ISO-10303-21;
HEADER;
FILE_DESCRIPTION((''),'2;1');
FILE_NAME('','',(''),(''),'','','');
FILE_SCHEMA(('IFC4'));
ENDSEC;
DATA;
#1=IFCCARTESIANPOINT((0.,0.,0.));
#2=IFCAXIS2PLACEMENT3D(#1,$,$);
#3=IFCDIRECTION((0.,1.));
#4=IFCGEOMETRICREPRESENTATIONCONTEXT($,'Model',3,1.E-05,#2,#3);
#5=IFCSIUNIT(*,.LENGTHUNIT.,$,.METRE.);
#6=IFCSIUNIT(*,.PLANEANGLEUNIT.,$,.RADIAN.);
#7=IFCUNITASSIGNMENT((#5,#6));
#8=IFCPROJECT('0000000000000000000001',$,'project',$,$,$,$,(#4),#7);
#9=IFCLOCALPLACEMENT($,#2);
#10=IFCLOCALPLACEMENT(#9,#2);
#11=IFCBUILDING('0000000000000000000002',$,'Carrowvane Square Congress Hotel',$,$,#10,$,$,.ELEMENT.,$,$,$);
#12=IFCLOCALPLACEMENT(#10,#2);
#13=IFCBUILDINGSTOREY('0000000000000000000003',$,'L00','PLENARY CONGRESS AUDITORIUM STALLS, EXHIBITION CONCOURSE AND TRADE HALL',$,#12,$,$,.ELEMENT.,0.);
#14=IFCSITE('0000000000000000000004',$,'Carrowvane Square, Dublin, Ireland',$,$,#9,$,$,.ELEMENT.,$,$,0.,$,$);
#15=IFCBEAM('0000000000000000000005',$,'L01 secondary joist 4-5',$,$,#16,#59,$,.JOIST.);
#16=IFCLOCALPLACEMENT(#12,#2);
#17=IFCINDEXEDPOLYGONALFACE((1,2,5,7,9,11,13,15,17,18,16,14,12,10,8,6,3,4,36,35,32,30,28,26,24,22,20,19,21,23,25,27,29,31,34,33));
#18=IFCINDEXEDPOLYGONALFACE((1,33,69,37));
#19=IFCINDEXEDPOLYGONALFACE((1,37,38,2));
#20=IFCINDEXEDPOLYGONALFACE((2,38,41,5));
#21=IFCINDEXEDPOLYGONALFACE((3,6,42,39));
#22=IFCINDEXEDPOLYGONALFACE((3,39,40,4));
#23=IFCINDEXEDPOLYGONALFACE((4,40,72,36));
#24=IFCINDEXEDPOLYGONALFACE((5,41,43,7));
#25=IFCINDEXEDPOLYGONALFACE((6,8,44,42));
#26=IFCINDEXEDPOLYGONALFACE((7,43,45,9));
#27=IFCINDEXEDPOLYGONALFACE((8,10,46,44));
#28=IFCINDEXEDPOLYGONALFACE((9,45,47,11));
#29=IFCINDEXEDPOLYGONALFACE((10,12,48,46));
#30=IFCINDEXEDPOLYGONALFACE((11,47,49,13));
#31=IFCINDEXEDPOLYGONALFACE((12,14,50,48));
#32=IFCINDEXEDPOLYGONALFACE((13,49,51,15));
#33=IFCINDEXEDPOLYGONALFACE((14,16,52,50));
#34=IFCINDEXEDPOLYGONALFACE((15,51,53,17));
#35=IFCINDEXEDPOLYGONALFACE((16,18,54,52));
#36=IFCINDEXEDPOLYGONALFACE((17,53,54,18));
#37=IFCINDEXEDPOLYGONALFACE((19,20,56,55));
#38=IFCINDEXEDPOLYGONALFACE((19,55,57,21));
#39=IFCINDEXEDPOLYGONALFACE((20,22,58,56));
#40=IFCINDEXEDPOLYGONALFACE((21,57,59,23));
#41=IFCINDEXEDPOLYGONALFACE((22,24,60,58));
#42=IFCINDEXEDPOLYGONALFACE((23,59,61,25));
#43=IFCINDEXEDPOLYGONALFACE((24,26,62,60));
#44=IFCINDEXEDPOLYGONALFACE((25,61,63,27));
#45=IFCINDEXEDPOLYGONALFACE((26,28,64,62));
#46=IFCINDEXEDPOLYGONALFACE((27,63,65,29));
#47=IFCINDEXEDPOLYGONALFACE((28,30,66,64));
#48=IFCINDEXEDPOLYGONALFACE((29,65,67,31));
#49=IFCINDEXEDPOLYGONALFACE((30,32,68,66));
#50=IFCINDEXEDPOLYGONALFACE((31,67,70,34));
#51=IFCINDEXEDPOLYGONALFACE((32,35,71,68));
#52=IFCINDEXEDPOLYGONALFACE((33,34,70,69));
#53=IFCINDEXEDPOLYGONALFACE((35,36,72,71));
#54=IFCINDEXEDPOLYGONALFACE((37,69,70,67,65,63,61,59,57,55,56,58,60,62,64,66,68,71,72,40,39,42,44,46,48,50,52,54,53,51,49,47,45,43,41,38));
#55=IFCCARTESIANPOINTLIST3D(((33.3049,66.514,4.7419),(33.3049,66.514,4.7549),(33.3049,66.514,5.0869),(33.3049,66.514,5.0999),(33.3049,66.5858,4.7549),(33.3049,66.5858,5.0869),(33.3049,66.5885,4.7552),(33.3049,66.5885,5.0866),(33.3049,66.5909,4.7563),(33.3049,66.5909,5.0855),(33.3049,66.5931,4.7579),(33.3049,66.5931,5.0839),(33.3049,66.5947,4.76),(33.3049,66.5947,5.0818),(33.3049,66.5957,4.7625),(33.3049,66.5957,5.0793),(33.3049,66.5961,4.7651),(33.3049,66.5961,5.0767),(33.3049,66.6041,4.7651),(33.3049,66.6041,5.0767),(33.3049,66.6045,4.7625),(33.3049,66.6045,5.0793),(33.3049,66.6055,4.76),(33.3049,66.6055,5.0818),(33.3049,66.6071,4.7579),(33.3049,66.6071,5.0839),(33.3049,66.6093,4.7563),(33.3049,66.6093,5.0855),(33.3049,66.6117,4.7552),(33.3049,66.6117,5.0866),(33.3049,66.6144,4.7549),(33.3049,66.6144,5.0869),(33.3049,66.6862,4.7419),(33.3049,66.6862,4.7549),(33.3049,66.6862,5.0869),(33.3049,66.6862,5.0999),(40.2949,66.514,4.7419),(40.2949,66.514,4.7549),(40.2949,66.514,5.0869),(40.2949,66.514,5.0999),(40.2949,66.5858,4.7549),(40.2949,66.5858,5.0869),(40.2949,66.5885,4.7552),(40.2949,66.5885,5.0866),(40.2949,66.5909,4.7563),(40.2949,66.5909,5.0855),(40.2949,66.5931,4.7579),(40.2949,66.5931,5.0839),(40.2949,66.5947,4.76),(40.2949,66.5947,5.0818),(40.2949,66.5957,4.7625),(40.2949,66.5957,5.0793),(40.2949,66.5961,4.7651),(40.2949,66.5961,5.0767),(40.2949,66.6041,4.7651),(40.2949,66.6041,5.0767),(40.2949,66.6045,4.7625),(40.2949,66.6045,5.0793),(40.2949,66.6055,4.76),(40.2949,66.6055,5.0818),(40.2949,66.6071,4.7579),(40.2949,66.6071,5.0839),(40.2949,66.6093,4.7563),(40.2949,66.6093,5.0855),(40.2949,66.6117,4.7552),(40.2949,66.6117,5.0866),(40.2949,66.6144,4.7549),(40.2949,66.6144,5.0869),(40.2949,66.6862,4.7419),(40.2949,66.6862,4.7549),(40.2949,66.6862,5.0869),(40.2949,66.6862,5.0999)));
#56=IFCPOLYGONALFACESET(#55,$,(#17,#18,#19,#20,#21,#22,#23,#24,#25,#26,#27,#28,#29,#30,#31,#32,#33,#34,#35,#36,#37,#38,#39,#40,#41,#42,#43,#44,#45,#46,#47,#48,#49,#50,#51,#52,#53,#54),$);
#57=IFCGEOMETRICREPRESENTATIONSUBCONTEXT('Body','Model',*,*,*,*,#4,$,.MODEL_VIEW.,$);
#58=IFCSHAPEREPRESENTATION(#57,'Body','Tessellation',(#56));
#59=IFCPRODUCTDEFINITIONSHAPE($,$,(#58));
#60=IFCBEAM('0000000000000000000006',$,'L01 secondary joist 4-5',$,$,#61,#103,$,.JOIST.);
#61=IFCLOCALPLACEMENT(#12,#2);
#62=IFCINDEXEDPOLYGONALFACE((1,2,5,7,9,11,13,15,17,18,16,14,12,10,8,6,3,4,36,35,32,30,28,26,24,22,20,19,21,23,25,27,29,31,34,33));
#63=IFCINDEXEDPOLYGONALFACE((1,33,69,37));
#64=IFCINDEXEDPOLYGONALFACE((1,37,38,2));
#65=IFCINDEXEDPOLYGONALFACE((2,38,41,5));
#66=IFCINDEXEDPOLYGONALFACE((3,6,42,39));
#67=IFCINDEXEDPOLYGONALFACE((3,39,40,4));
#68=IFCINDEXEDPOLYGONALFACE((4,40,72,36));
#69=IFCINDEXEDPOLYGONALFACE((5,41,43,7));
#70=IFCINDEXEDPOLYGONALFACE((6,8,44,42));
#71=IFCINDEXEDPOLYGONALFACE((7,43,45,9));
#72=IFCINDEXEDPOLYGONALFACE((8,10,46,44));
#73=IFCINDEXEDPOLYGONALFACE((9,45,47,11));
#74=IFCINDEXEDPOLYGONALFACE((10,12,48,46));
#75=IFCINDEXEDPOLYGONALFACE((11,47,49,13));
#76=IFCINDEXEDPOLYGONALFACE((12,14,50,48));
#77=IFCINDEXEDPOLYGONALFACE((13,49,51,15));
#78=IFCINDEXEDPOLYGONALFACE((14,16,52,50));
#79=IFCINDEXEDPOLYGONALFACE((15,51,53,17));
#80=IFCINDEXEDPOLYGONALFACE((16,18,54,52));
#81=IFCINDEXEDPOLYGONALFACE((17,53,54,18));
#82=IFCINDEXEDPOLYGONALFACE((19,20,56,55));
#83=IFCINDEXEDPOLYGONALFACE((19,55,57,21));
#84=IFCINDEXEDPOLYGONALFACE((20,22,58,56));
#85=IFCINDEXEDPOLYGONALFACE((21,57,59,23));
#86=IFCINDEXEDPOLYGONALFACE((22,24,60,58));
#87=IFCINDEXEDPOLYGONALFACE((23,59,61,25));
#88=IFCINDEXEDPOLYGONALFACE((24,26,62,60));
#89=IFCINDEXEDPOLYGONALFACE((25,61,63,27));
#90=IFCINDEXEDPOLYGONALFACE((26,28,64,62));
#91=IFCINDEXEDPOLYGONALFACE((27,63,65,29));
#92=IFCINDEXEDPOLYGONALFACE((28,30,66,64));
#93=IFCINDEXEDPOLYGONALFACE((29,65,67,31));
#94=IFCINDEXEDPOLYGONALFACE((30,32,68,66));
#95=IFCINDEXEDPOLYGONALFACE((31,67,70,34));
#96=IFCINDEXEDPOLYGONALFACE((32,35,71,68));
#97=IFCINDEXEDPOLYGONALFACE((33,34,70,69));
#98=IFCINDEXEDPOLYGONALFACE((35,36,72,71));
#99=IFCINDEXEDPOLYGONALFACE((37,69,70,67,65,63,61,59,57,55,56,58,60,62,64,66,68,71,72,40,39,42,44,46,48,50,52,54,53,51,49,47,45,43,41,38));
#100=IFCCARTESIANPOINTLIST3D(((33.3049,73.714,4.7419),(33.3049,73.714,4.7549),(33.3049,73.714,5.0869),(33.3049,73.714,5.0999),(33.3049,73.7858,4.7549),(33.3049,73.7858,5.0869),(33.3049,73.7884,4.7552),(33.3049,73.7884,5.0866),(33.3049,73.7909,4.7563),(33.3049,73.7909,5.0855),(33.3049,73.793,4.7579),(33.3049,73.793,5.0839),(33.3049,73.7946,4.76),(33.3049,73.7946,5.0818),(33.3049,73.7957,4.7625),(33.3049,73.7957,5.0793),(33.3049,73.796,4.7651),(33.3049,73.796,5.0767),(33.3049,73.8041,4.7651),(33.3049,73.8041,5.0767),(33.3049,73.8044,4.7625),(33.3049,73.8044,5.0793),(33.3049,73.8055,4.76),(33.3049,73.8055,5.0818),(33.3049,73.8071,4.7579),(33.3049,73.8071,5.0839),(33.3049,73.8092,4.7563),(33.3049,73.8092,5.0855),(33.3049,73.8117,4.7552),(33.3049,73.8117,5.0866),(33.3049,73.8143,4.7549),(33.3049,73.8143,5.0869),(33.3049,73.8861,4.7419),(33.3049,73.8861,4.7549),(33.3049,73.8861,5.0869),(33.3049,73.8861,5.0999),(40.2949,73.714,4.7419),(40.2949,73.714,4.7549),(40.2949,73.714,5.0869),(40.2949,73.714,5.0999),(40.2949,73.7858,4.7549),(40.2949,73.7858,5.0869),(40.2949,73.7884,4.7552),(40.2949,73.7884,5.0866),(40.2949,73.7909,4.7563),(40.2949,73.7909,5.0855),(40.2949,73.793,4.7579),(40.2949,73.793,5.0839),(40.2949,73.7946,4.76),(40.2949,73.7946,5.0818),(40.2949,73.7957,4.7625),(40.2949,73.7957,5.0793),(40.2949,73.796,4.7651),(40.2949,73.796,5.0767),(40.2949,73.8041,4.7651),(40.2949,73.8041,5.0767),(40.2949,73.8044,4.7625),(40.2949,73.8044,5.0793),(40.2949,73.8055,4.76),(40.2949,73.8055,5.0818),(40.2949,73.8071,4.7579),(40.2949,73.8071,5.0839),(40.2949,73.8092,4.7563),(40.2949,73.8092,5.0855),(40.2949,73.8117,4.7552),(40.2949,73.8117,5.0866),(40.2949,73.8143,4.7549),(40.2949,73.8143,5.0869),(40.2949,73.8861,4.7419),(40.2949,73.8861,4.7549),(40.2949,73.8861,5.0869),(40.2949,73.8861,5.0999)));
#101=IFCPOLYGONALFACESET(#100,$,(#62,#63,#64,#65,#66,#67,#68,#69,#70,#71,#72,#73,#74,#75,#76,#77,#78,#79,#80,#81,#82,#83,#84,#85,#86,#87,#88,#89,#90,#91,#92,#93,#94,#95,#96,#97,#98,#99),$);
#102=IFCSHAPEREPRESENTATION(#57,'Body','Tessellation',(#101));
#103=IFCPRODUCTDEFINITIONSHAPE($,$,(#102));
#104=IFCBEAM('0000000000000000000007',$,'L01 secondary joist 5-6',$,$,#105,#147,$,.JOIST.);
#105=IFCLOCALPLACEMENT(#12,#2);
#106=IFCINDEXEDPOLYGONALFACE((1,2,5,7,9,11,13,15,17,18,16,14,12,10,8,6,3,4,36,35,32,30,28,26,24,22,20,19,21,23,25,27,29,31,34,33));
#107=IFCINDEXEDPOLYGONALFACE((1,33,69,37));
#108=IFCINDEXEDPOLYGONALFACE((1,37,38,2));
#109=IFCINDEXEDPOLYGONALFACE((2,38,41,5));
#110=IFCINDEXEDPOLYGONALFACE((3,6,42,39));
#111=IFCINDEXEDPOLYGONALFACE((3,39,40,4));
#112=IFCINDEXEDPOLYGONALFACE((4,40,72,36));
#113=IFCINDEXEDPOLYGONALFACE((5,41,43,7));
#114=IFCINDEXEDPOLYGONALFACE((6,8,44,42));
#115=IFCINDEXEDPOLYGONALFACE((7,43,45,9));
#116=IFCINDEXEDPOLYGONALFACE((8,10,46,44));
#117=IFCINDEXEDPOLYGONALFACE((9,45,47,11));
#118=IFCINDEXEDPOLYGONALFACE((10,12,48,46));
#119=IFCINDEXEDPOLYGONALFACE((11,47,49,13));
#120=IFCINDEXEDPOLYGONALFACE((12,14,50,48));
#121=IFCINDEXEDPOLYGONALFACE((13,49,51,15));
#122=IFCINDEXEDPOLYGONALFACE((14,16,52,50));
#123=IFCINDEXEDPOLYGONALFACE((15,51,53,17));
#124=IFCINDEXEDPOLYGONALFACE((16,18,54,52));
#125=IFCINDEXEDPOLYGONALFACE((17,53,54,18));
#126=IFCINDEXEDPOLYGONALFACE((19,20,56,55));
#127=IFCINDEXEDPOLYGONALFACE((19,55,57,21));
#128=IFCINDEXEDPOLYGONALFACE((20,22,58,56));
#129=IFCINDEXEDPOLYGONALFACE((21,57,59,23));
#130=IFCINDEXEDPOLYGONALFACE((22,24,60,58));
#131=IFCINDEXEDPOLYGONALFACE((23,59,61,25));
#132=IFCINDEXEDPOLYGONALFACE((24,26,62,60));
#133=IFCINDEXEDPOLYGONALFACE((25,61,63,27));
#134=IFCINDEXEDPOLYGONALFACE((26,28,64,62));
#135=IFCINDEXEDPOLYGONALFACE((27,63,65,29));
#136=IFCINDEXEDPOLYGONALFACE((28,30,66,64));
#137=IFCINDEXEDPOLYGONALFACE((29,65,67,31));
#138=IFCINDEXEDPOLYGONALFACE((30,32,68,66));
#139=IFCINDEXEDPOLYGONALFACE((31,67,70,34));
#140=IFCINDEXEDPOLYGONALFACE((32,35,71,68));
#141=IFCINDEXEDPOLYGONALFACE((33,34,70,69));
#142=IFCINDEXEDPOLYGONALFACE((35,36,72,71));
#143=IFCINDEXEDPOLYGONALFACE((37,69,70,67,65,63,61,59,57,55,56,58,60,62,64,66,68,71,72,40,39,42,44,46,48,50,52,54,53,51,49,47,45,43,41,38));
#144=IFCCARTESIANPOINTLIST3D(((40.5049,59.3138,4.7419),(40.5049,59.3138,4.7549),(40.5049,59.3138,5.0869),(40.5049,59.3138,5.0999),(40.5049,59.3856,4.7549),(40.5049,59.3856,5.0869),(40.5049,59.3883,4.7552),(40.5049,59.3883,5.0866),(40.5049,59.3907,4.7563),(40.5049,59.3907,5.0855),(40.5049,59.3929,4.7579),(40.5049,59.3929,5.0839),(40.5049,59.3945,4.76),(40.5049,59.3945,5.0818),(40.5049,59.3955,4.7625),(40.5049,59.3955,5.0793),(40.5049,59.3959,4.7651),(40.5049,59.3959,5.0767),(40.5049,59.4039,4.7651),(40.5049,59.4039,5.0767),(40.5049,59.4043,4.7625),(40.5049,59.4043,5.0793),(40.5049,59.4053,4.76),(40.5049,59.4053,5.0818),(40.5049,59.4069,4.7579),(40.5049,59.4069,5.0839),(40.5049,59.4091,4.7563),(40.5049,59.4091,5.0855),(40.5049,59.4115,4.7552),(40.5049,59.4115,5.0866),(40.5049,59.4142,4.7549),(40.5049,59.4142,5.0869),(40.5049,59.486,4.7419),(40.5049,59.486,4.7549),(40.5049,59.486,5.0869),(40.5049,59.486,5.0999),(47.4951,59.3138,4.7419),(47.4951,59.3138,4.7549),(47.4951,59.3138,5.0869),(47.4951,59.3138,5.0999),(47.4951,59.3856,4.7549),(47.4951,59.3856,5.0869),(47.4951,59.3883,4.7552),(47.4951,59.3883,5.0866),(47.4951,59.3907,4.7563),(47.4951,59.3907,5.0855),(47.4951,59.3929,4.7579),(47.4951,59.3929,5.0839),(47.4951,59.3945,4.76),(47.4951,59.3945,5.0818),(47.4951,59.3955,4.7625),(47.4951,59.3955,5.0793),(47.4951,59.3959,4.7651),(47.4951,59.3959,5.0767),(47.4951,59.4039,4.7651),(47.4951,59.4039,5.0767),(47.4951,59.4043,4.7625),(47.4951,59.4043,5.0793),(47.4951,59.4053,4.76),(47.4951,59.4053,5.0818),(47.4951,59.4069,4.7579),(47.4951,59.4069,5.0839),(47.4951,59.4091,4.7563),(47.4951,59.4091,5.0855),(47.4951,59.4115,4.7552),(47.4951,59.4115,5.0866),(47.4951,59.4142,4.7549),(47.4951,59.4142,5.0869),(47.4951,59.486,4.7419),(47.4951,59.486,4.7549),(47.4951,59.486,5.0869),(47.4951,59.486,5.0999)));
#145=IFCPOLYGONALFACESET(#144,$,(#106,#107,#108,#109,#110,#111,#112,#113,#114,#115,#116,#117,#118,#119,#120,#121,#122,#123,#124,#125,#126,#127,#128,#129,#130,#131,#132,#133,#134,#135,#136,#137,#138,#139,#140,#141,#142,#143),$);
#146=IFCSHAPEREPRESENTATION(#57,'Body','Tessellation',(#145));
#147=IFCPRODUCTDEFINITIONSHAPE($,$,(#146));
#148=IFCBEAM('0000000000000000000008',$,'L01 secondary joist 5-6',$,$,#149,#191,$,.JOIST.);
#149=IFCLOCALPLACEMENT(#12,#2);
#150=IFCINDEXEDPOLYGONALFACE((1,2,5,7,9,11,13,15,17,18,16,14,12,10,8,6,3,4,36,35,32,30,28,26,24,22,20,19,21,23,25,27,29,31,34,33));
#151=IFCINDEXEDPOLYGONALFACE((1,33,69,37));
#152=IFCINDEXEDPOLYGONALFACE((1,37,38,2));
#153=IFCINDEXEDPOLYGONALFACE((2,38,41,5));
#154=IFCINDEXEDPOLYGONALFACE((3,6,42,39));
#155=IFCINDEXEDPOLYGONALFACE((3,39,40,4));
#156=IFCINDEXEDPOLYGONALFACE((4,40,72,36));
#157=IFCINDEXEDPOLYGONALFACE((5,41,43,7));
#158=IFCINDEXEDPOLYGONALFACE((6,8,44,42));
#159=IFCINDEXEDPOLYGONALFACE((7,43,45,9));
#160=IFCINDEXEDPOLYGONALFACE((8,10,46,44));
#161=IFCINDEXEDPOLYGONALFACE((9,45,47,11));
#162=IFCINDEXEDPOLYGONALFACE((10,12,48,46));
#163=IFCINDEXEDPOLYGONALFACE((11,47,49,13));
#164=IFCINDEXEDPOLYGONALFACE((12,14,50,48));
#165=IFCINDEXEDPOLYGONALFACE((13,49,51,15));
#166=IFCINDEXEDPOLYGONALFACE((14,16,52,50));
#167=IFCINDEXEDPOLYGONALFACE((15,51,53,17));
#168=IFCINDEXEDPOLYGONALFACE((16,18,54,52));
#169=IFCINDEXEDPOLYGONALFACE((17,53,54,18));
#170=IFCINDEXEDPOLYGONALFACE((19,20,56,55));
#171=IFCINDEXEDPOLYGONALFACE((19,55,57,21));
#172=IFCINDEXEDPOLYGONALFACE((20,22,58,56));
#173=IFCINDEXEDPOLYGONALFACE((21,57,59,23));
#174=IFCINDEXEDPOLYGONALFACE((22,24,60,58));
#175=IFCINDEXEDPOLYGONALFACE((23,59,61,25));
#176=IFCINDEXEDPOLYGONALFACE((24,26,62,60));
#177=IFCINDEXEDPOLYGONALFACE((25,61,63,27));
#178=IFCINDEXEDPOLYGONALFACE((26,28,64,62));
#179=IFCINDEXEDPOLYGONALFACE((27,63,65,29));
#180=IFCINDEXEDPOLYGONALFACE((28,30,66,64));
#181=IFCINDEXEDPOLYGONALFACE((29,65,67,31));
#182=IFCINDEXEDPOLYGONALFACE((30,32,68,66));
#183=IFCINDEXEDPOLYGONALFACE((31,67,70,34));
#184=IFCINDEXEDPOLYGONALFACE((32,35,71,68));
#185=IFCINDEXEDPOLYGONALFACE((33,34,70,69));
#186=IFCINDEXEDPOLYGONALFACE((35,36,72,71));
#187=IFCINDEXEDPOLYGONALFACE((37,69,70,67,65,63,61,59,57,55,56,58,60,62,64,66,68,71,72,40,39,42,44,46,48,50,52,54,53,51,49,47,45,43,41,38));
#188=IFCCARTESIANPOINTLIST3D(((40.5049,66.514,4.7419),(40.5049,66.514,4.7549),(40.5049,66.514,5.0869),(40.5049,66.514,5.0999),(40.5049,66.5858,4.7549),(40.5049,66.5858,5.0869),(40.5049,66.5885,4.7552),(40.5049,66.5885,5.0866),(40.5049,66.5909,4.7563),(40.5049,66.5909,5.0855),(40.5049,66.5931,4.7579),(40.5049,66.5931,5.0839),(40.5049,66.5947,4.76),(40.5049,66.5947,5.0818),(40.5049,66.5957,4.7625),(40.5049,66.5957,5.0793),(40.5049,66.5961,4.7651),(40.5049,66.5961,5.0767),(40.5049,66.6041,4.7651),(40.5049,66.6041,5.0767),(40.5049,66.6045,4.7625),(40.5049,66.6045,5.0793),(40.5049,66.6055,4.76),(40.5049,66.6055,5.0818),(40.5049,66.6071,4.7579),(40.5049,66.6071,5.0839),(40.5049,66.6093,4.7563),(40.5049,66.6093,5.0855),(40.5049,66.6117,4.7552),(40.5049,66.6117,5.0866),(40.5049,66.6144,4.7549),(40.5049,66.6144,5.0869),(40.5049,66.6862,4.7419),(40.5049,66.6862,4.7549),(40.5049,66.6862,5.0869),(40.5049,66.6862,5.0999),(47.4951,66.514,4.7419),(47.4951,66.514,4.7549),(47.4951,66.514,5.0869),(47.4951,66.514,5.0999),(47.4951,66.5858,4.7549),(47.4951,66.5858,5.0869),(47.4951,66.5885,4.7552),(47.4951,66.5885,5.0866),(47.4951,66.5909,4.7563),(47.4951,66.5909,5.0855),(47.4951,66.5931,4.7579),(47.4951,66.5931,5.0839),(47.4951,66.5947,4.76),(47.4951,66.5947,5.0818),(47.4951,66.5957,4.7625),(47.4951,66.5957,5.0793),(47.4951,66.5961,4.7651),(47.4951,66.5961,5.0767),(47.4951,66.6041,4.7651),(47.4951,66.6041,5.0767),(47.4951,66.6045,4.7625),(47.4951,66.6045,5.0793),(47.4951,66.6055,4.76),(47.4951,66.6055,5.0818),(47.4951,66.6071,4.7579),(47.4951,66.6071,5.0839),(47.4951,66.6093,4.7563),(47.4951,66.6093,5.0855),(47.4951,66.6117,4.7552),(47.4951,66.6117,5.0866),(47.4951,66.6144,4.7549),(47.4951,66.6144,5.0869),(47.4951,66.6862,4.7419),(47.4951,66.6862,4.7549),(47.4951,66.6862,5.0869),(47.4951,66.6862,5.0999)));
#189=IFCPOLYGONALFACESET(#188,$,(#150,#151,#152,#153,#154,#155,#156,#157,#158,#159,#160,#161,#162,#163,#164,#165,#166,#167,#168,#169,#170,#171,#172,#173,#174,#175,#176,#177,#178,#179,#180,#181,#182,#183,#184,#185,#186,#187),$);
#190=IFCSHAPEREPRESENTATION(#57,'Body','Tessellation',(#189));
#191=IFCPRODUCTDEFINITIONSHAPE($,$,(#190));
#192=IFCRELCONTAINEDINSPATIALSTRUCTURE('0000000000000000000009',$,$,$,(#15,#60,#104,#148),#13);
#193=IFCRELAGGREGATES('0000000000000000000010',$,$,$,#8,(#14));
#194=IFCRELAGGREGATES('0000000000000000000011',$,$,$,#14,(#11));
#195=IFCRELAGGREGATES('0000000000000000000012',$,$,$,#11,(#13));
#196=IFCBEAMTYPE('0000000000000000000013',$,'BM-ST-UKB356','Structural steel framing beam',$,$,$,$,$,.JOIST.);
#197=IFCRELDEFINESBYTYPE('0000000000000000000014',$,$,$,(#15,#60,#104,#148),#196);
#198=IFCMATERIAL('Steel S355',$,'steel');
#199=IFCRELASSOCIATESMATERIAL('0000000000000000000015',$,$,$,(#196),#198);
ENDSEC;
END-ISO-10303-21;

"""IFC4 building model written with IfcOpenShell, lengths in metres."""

from ifc_helpers import new_model, si_unit, direction, frame, origin, origin_2d, place, context, subcontext, project, spatial, i_section, extrude, material, material_profile, profile_set, type_object, element, save


model = new_model("IFC4")

# Units and contexts
model_context = context("Model", 3, precision=1e-05, world=origin(), true_north=direction((0.0, 1.0)))
body_context = subcontext(model_context, "Body", "Model", "MODEL_VIEW")
ifc_project = project(units=[si_unit("LENGTHUNIT", "METRE"), si_unit("PLANEANGLEUNIT", "RADIAN")], contexts=[model_context])

# Site, building, storey
site_placement = place(None, origin())
site = spatial("IfcSite", under=ifc_project, at=site_placement, Name="Carrowvane Square, Dublin, Ireland", CompositionType="ELEMENT", RefElevation=0.0)
building_placement = place(site_placement, origin())
building = spatial("IfcBuilding", under=site, at=building_placement, Name="Carrowvane Square Congress Hotel", CompositionType="ELEMENT")
storey_placement = place(building_placement, origin())
storey = spatial("IfcBuildingStorey", under=building, at=storey_placement, Name="L00", Description="PLENARY CONGRESS AUDITORIUM STALLS, EXHIBITION CONCOURSE AND TRADE HALL", CompositionType="ELEMENT", Elevation=0.0)

# Beams
ifc_material_1 = material(Name="Steel S355", Category="steel")
ifc_material_profile_1 = material_profile(ifc_material_1, i_section(OverallWidth=0.1721, OverallDepth=0.3579, WebThickness=0.0081, FlangeThickness=0.0129, FilletRadius=0.0103, at=origin_2d()), Name="UKB 356x171x57")
ifc_profile_set_1 = profile_set([ifc_material_profile_1], Name="Steel S355")
beam_type_1 = type_object("IfcBeamType", Name="BM-ST-UKB356", Description="Structural steel framing beam", PredefinedType="JOIST", material=ifc_profile_set_1)
for number, where, z_axis, x_axis, name in (
    (1, (33.3049, 66.6001, 4.9209), (1.0, 0.0, 0.0), (0.0, 1.0, 0.0), "L01 secondary joist 4-5"),
    (2, (33.3049, 73.8, 4.9209), (1.0, 0.0, 0.0), (0.0, 1.0, 0.0), "L01 secondary joist 4-5"),
):
    element("IfcBeam", number, at=place(storey_placement, frame(where, z_axis=z_axis, x_axis=x_axis)), inside=storey, type_object=beam_type_1, Name=name, PredefinedType="JOIST", context=body_context, shape_type="SweptSolid", body=[
        extrude(i_section(OverallWidth=0.1721, OverallDepth=0.3579, WebThickness=0.0081, FlangeThickness=0.0129, FilletRadius=0.0103, at=origin_2d()), origin(), (0.0, 0.0, 1.0), 6.99),
    ])
for number, where, z_axis, x_axis, name in (
    (3, (40.5049, 59.3999, 4.9209), (1.0, 0.0, 0.0), (0.0, 1.0, 0.0), "L01 secondary joist 5-6"),
    (4, (40.5049, 66.6001, 4.9209), (1.0, 0.0, 0.0), (0.0, 1.0, 0.0), "L01 secondary joist 5-6"),
):
    element("IfcBeam", number, at=place(storey_placement, frame(where, z_axis=z_axis, x_axis=x_axis)), inside=storey, type_object=beam_type_1, Name=name, PredefinedType="JOIST", context=body_context, shape_type="SweptSolid", body=[
        extrude(i_section(OverallWidth=0.1721, OverallDepth=0.3579, WebThickness=0.0081, FlangeThickness=0.0129, FilletRadius=0.0103, at=origin_2d()), origin(), (0.0, 0.0, 1.0), 6.9902),
    ])

save(model, "model.ifc")
